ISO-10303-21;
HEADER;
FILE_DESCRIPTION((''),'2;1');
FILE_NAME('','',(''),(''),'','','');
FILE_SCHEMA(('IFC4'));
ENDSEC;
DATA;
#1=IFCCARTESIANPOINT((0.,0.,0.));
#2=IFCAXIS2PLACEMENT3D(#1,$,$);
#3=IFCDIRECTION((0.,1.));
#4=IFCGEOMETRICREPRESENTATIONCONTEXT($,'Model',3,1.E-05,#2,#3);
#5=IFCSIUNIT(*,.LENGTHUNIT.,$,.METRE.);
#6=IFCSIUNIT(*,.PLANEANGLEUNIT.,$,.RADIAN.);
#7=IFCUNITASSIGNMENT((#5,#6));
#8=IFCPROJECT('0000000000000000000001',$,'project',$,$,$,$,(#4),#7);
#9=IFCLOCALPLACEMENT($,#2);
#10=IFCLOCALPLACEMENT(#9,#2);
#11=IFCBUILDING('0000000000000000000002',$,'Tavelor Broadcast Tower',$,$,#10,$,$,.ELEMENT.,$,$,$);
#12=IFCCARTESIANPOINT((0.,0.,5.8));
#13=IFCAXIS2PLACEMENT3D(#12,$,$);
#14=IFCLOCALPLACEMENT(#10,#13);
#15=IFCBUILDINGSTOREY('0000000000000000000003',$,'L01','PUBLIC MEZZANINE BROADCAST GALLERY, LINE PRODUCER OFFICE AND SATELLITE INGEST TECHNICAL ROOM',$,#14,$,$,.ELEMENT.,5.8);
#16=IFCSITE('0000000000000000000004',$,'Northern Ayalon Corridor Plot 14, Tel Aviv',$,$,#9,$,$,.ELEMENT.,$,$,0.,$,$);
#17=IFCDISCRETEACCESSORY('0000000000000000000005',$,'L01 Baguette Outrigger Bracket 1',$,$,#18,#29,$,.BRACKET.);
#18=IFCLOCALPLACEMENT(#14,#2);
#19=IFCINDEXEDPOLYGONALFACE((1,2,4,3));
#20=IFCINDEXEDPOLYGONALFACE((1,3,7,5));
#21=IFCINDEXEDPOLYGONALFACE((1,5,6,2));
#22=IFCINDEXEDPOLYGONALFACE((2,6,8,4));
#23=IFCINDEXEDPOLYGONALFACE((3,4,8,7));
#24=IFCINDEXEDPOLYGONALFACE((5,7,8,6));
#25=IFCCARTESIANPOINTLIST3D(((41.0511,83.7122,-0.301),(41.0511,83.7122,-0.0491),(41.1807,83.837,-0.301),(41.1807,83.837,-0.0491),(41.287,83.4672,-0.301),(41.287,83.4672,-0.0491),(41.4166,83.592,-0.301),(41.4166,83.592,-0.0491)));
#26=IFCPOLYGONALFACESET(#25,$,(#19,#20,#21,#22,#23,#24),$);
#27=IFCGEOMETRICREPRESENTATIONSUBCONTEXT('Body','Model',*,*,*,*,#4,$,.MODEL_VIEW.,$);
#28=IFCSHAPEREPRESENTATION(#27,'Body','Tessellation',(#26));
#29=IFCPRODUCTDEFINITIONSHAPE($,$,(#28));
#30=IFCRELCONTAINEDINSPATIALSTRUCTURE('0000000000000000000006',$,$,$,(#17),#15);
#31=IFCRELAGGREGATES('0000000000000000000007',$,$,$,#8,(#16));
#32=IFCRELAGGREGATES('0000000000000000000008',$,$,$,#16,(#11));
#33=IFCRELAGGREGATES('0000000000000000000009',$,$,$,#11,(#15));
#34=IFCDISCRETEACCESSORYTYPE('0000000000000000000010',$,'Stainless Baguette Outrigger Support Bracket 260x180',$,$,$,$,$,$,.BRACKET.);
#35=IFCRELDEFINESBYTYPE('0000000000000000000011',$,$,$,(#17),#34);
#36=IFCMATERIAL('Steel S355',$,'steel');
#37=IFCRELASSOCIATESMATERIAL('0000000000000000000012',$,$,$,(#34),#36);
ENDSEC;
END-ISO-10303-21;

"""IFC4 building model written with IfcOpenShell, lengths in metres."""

from ifc_helpers import new_model, si_unit, direction, frame, origin, origin_2d, place, context, subcontext, project, spatial, rectangle, extrude, source, transform, mapped, material, type_object, type_shapes, element, save


model = new_model("IFC4")

# Units and contexts
model_context = context("Model", 3, precision=1e-05, world=origin(), true_north=direction((0.0, 1.0)))
body_context = subcontext(model_context, "Body", "Model", "MODEL_VIEW")
ifc_project = project(units=[si_unit("LENGTHUNIT", "METRE"), si_unit("PLANEANGLEUNIT", "RADIAN")], contexts=[model_context])

# Site, building, storey
site_placement = place(None, origin())
site = spatial("IfcSite", under=ifc_project, at=site_placement, Name="Northern Ayalon Corridor Plot 14, Tel Aviv", CompositionType="ELEMENT", RefElevation=0.0)
building_placement = place(site_placement, origin())
building = spatial("IfcBuilding", under=site, at=building_placement, Name="Tavelor Broadcast Tower", CompositionType="ELEMENT")
storey_placement = place(building_placement, frame((0.0, 0.0, 5.8)))
storey = spatial("IfcBuildingStorey", under=building, at=storey_placement, Name="L01", Description="PUBLIC MEZZANINE BROADCAST GALLERY, LINE PRODUCER OFFICE AND SATELLITE INGEST TECHNICAL ROOM", CompositionType="ELEMENT", Elevation=5.8)

# Shared definitions
ifc_material_1 = material(Name="Steel S355", Category="steel")

# Discrete accessory
discrete_accessory_type = type_object("IfcDiscreteAccessoryType", Name="Stainless Baguette Outrigger Support Bracket 260x180", PredefinedType="BRACKET", material=ifc_material_1)
shared_shape_1 = source(origin(), body_context, "Body", "SweptSolid", [
    extrude(rectangle(XDim=0.1799, YDim=0.3401, at=origin_2d()), origin(), (0.0, 0.0, 1.0), 0.252),
])
type_shapes(discrete_accessory_type, [shared_shape_1])
discrete_accessory_placement = place(storey_placement, frame((41.2339, 83.6521, -0.301), z_axis=(0.0, 0.0, 1.0), x_axis=(-0.720309, -0.693653, 0.0)))
element("IfcDiscreteAccessory", 1, at=discrete_accessory_placement, inside=storey, type_object=discrete_accessory_type, Name="L01 Baguette Outrigger Bracket 1", PredefinedType="BRACKET", context=body_context, shape_type="MappedRepresentation", body=[
    mapped(shared_shape_1, transform((0.0, 0.0, 0.0), scale=1.0)),
])

save(model, "model.ifc")
